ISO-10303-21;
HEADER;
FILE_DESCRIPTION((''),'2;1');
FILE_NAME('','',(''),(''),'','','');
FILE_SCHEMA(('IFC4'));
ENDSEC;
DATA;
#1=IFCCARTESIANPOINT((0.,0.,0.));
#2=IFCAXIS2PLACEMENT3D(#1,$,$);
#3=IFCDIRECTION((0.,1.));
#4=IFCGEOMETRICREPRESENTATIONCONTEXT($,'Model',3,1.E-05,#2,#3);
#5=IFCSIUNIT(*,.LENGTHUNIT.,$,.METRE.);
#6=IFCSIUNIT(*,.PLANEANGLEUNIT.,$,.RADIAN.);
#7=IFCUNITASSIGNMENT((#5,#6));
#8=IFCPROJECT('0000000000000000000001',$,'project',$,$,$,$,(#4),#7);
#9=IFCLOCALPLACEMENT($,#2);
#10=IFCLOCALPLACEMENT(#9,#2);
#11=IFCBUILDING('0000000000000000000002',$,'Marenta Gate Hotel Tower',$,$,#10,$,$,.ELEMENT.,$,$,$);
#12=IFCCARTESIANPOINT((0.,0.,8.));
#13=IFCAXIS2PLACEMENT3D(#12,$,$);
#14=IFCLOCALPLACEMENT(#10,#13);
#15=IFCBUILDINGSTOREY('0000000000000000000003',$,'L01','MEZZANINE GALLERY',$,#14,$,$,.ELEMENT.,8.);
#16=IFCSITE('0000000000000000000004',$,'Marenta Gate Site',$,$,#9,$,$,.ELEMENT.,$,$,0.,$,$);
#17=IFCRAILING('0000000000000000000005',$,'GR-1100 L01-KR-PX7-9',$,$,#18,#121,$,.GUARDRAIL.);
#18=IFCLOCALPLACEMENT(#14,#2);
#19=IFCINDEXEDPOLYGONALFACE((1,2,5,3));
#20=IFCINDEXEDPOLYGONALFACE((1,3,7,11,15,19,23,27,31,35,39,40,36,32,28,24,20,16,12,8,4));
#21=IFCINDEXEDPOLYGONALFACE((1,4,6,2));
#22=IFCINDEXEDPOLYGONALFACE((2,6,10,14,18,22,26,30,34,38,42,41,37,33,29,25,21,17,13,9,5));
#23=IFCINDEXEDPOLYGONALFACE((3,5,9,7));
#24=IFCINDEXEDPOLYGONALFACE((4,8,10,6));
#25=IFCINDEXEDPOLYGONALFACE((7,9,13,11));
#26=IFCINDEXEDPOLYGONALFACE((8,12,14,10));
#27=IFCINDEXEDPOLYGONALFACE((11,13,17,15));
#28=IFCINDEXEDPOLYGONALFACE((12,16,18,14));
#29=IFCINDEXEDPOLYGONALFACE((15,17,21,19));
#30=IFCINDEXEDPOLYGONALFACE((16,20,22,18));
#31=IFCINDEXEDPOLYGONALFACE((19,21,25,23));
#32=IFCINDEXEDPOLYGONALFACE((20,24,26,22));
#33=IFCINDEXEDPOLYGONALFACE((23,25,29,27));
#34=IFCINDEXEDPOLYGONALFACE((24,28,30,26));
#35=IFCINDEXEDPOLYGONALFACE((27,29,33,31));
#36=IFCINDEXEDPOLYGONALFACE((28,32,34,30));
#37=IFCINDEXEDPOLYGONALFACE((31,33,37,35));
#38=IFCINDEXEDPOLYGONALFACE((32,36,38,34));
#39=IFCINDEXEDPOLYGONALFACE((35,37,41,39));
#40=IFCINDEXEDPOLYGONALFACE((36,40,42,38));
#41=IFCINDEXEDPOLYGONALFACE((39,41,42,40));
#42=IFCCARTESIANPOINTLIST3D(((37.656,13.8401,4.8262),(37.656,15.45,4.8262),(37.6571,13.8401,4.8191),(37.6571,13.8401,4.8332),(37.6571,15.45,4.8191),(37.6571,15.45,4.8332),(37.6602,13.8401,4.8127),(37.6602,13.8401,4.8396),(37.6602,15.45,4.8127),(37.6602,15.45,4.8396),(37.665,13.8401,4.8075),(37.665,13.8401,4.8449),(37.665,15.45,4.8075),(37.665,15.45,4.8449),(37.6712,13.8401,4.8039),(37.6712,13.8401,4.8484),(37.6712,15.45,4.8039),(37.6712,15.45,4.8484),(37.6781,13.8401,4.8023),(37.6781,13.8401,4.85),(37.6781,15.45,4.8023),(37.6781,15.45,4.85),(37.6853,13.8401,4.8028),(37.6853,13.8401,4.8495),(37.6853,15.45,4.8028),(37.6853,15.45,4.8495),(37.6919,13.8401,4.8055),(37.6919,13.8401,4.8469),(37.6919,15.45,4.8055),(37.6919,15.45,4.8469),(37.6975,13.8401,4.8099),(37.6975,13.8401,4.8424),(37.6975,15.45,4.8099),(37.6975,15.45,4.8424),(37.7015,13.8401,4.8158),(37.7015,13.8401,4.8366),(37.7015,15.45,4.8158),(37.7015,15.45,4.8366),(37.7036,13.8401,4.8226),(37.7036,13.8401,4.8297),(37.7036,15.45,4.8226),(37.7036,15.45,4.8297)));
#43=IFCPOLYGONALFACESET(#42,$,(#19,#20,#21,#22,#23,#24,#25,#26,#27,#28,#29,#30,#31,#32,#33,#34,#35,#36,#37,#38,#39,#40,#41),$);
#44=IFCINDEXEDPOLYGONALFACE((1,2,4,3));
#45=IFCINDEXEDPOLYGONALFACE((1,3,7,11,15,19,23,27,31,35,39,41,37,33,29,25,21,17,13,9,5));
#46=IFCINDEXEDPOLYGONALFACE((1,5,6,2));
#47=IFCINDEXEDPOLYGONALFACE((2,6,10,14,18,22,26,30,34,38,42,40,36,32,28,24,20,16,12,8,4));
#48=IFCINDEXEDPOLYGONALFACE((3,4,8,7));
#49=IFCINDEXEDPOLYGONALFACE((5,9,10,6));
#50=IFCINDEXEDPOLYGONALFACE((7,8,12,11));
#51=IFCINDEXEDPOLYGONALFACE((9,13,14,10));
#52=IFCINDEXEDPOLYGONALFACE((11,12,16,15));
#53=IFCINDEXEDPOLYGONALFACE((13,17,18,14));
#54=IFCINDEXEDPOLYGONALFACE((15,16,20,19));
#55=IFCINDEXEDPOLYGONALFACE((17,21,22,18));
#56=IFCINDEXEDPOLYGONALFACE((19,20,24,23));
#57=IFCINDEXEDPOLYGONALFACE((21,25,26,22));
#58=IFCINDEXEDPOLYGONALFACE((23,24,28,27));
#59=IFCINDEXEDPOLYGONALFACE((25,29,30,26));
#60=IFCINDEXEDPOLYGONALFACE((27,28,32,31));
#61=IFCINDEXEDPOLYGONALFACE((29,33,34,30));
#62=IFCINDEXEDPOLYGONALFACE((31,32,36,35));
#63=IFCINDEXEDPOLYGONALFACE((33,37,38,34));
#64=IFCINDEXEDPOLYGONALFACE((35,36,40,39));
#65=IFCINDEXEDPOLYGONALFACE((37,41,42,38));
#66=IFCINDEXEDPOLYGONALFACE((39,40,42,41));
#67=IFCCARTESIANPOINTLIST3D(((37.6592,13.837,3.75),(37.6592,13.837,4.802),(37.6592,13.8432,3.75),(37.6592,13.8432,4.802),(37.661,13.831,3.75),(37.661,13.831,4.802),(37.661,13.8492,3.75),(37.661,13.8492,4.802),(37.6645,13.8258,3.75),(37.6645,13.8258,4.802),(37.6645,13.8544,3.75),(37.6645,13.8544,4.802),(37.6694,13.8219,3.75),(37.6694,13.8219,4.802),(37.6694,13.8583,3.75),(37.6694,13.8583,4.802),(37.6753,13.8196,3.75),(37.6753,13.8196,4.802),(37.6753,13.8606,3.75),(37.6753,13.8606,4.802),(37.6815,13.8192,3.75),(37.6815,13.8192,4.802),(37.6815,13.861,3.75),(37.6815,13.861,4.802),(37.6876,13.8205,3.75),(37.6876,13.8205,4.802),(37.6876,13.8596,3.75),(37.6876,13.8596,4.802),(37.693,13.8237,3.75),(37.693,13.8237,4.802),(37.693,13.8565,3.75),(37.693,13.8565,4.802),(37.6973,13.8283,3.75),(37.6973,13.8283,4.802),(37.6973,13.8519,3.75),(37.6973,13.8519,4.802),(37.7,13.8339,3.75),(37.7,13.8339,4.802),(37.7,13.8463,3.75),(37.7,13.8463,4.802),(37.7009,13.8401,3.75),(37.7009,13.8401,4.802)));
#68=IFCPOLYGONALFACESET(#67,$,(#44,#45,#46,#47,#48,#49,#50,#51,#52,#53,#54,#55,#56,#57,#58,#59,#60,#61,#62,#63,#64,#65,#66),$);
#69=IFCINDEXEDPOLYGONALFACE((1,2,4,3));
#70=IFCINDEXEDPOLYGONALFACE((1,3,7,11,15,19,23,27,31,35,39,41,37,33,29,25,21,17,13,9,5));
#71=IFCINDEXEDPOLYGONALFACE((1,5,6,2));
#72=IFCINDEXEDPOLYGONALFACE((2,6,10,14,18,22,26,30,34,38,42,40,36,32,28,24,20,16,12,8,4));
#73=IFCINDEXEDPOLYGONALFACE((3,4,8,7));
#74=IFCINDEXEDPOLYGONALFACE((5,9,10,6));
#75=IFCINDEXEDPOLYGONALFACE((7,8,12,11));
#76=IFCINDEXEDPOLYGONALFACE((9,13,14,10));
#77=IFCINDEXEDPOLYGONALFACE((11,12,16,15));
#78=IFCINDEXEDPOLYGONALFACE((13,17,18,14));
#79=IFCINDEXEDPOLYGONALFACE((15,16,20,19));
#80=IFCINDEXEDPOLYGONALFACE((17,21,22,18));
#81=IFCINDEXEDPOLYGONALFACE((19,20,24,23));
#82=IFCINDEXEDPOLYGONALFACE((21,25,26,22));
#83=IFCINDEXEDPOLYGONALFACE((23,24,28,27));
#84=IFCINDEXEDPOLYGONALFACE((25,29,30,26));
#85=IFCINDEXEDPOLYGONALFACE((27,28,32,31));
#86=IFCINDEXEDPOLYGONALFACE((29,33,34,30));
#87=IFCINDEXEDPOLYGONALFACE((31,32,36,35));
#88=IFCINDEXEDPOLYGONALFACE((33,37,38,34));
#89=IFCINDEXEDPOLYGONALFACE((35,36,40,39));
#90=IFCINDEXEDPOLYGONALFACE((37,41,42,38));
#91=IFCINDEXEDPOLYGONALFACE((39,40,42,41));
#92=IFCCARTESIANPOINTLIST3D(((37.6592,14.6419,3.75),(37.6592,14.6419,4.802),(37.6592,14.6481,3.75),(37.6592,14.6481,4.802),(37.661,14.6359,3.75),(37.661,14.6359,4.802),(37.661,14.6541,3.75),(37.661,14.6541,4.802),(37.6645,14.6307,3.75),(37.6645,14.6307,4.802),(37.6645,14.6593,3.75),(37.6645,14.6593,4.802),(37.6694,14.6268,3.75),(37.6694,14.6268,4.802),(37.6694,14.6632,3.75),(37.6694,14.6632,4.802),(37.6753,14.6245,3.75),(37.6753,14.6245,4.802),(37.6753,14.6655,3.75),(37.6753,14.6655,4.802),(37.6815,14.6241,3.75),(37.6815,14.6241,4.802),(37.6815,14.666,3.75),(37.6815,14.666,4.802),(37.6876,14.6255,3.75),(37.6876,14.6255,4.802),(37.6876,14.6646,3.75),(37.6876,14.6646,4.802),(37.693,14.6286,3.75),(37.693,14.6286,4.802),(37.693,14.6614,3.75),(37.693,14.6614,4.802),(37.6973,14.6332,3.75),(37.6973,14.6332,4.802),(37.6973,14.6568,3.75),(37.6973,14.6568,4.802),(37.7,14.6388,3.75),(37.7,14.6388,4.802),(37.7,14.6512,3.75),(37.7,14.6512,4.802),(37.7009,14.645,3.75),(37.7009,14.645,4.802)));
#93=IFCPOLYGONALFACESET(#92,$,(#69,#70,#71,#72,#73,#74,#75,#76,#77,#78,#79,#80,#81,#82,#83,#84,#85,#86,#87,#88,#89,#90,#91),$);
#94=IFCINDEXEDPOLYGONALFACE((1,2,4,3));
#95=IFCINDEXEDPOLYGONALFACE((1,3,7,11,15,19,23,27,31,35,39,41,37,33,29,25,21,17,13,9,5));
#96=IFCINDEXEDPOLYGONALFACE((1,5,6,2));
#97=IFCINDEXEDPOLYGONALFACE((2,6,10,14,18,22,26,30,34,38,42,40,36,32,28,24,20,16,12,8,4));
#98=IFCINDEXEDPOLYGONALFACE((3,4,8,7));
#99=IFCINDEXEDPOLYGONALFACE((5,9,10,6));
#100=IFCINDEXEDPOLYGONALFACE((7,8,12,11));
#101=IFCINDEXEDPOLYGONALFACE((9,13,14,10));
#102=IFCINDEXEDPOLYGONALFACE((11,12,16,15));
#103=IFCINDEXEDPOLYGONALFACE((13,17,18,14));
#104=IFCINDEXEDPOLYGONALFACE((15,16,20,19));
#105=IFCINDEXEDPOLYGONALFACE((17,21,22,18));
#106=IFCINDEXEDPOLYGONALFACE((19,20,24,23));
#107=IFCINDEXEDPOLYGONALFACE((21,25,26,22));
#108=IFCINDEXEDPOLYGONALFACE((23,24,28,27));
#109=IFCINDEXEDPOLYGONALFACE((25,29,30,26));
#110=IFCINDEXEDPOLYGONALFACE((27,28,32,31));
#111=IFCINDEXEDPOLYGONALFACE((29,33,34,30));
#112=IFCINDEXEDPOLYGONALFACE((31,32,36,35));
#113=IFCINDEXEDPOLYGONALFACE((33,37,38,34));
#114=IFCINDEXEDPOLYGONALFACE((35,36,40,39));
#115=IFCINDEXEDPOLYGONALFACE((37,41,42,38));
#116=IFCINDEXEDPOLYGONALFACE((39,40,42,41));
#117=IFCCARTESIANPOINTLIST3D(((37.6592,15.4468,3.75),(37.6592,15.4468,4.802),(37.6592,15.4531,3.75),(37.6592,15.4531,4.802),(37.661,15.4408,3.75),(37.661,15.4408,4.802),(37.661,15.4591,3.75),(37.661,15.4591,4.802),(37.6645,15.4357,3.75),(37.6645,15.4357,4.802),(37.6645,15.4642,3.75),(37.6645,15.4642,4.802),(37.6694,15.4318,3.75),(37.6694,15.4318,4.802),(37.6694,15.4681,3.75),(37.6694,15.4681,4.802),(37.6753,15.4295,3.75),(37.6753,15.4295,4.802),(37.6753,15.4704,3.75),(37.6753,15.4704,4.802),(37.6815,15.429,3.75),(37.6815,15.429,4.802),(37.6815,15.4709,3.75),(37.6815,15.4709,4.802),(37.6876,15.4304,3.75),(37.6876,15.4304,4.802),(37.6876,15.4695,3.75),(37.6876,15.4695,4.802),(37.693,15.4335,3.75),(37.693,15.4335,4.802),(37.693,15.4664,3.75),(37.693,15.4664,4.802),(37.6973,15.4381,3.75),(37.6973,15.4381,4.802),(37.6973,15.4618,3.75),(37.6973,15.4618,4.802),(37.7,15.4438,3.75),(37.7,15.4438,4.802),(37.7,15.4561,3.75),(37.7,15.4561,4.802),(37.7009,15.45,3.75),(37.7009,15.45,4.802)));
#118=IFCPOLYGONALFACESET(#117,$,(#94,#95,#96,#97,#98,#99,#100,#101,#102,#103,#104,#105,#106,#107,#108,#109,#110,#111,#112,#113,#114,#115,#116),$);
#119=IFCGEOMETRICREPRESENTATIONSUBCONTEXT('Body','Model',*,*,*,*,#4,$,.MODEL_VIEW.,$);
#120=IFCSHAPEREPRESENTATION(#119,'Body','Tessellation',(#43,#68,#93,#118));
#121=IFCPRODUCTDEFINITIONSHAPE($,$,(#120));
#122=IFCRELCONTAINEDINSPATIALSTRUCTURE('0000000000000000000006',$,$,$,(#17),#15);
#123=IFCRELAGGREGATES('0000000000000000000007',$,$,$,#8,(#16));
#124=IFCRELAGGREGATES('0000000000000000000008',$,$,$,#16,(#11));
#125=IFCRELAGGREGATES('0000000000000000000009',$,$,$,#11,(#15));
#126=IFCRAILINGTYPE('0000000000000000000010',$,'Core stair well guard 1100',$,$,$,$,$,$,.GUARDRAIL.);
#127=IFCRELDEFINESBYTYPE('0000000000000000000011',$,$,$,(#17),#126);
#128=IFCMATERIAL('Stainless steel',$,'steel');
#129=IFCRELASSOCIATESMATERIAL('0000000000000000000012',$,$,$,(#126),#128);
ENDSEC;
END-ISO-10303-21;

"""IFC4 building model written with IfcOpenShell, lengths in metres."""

from ifc_helpers import new_model, si_unit, direction, frame, origin, origin_2d, place, context, subcontext, project, spatial, circle, extrude, material, type_object, element, save


model = new_model("IFC4")

# Units and contexts
model_context = context("Model", 3, precision=1e-05, world=origin(), true_north=direction((0.0, 1.0)))
body_context = subcontext(model_context, "Body", "Model", "MODEL_VIEW")
ifc_project = project(units=[si_unit("LENGTHUNIT", "METRE"), si_unit("PLANEANGLEUNIT", "RADIAN")], contexts=[model_context])

# Site, building, storey
site_placement = place(None, origin())
site = spatial("IfcSite", under=ifc_project, at=site_placement, Name="Marenta Gate Site", CompositionType="ELEMENT", RefElevation=0.0)
building_placement = place(site_placement, origin())
building = spatial("IfcBuilding", under=site, at=building_placement, Name="Marenta Gate Hotel Tower", CompositionType="ELEMENT")
storey_placement = place(building_placement, frame((0.0, 0.0, 8.0)))
storey = spatial("IfcBuildingStorey", under=building, at=storey_placement, Name="L01", Description="MEZZANINE GALLERY", CompositionType="ELEMENT", Elevation=8.0)

# Railing
ifc_material_1 = material(Name="Stainless steel", Category="steel")
railing_type_1 = type_object("IfcRailingType", Name="Core stair well guard 1100", PredefinedType="GUARDRAIL", material=ifc_material_1)
railing_1_placement = place(storey_placement, frame((37.6799, 13.8401, 3.75)))
element("IfcRailing", 1, at=railing_1_placement, inside=storey, type_object=railing_type_1, Name="GR-1100 L01-KR-PX7-9", PredefinedType="GUARDRAIL", context=body_context, shape_type="SweptSolid", body=[
    extrude(circle(Radius=0.0239, at=origin_2d()), frame((0.0, 0.0, 1.0762), z_axis=(0.0, 1.0, 0.0), x_axis=(-1.0, 0.0, 0.0)), (0.0, 0.0, 1.0), 1.6099),
    extrude(circle(Radius=0.021, at=origin_2d()), origin(), (0.0, 0.0, 1.0), 1.052),
    extrude(circle(Radius=0.021, at=origin_2d()), frame((0.0, 0.8049, 0.0)), (0.0, 0.0, 1.0), 1.052),
    extrude(circle(Radius=0.021, at=origin_2d()), frame((0.0, 1.6099, 0.0)), (0.0, 0.0, 1.0), 1.052),
])

save(model, "model.ifc")
